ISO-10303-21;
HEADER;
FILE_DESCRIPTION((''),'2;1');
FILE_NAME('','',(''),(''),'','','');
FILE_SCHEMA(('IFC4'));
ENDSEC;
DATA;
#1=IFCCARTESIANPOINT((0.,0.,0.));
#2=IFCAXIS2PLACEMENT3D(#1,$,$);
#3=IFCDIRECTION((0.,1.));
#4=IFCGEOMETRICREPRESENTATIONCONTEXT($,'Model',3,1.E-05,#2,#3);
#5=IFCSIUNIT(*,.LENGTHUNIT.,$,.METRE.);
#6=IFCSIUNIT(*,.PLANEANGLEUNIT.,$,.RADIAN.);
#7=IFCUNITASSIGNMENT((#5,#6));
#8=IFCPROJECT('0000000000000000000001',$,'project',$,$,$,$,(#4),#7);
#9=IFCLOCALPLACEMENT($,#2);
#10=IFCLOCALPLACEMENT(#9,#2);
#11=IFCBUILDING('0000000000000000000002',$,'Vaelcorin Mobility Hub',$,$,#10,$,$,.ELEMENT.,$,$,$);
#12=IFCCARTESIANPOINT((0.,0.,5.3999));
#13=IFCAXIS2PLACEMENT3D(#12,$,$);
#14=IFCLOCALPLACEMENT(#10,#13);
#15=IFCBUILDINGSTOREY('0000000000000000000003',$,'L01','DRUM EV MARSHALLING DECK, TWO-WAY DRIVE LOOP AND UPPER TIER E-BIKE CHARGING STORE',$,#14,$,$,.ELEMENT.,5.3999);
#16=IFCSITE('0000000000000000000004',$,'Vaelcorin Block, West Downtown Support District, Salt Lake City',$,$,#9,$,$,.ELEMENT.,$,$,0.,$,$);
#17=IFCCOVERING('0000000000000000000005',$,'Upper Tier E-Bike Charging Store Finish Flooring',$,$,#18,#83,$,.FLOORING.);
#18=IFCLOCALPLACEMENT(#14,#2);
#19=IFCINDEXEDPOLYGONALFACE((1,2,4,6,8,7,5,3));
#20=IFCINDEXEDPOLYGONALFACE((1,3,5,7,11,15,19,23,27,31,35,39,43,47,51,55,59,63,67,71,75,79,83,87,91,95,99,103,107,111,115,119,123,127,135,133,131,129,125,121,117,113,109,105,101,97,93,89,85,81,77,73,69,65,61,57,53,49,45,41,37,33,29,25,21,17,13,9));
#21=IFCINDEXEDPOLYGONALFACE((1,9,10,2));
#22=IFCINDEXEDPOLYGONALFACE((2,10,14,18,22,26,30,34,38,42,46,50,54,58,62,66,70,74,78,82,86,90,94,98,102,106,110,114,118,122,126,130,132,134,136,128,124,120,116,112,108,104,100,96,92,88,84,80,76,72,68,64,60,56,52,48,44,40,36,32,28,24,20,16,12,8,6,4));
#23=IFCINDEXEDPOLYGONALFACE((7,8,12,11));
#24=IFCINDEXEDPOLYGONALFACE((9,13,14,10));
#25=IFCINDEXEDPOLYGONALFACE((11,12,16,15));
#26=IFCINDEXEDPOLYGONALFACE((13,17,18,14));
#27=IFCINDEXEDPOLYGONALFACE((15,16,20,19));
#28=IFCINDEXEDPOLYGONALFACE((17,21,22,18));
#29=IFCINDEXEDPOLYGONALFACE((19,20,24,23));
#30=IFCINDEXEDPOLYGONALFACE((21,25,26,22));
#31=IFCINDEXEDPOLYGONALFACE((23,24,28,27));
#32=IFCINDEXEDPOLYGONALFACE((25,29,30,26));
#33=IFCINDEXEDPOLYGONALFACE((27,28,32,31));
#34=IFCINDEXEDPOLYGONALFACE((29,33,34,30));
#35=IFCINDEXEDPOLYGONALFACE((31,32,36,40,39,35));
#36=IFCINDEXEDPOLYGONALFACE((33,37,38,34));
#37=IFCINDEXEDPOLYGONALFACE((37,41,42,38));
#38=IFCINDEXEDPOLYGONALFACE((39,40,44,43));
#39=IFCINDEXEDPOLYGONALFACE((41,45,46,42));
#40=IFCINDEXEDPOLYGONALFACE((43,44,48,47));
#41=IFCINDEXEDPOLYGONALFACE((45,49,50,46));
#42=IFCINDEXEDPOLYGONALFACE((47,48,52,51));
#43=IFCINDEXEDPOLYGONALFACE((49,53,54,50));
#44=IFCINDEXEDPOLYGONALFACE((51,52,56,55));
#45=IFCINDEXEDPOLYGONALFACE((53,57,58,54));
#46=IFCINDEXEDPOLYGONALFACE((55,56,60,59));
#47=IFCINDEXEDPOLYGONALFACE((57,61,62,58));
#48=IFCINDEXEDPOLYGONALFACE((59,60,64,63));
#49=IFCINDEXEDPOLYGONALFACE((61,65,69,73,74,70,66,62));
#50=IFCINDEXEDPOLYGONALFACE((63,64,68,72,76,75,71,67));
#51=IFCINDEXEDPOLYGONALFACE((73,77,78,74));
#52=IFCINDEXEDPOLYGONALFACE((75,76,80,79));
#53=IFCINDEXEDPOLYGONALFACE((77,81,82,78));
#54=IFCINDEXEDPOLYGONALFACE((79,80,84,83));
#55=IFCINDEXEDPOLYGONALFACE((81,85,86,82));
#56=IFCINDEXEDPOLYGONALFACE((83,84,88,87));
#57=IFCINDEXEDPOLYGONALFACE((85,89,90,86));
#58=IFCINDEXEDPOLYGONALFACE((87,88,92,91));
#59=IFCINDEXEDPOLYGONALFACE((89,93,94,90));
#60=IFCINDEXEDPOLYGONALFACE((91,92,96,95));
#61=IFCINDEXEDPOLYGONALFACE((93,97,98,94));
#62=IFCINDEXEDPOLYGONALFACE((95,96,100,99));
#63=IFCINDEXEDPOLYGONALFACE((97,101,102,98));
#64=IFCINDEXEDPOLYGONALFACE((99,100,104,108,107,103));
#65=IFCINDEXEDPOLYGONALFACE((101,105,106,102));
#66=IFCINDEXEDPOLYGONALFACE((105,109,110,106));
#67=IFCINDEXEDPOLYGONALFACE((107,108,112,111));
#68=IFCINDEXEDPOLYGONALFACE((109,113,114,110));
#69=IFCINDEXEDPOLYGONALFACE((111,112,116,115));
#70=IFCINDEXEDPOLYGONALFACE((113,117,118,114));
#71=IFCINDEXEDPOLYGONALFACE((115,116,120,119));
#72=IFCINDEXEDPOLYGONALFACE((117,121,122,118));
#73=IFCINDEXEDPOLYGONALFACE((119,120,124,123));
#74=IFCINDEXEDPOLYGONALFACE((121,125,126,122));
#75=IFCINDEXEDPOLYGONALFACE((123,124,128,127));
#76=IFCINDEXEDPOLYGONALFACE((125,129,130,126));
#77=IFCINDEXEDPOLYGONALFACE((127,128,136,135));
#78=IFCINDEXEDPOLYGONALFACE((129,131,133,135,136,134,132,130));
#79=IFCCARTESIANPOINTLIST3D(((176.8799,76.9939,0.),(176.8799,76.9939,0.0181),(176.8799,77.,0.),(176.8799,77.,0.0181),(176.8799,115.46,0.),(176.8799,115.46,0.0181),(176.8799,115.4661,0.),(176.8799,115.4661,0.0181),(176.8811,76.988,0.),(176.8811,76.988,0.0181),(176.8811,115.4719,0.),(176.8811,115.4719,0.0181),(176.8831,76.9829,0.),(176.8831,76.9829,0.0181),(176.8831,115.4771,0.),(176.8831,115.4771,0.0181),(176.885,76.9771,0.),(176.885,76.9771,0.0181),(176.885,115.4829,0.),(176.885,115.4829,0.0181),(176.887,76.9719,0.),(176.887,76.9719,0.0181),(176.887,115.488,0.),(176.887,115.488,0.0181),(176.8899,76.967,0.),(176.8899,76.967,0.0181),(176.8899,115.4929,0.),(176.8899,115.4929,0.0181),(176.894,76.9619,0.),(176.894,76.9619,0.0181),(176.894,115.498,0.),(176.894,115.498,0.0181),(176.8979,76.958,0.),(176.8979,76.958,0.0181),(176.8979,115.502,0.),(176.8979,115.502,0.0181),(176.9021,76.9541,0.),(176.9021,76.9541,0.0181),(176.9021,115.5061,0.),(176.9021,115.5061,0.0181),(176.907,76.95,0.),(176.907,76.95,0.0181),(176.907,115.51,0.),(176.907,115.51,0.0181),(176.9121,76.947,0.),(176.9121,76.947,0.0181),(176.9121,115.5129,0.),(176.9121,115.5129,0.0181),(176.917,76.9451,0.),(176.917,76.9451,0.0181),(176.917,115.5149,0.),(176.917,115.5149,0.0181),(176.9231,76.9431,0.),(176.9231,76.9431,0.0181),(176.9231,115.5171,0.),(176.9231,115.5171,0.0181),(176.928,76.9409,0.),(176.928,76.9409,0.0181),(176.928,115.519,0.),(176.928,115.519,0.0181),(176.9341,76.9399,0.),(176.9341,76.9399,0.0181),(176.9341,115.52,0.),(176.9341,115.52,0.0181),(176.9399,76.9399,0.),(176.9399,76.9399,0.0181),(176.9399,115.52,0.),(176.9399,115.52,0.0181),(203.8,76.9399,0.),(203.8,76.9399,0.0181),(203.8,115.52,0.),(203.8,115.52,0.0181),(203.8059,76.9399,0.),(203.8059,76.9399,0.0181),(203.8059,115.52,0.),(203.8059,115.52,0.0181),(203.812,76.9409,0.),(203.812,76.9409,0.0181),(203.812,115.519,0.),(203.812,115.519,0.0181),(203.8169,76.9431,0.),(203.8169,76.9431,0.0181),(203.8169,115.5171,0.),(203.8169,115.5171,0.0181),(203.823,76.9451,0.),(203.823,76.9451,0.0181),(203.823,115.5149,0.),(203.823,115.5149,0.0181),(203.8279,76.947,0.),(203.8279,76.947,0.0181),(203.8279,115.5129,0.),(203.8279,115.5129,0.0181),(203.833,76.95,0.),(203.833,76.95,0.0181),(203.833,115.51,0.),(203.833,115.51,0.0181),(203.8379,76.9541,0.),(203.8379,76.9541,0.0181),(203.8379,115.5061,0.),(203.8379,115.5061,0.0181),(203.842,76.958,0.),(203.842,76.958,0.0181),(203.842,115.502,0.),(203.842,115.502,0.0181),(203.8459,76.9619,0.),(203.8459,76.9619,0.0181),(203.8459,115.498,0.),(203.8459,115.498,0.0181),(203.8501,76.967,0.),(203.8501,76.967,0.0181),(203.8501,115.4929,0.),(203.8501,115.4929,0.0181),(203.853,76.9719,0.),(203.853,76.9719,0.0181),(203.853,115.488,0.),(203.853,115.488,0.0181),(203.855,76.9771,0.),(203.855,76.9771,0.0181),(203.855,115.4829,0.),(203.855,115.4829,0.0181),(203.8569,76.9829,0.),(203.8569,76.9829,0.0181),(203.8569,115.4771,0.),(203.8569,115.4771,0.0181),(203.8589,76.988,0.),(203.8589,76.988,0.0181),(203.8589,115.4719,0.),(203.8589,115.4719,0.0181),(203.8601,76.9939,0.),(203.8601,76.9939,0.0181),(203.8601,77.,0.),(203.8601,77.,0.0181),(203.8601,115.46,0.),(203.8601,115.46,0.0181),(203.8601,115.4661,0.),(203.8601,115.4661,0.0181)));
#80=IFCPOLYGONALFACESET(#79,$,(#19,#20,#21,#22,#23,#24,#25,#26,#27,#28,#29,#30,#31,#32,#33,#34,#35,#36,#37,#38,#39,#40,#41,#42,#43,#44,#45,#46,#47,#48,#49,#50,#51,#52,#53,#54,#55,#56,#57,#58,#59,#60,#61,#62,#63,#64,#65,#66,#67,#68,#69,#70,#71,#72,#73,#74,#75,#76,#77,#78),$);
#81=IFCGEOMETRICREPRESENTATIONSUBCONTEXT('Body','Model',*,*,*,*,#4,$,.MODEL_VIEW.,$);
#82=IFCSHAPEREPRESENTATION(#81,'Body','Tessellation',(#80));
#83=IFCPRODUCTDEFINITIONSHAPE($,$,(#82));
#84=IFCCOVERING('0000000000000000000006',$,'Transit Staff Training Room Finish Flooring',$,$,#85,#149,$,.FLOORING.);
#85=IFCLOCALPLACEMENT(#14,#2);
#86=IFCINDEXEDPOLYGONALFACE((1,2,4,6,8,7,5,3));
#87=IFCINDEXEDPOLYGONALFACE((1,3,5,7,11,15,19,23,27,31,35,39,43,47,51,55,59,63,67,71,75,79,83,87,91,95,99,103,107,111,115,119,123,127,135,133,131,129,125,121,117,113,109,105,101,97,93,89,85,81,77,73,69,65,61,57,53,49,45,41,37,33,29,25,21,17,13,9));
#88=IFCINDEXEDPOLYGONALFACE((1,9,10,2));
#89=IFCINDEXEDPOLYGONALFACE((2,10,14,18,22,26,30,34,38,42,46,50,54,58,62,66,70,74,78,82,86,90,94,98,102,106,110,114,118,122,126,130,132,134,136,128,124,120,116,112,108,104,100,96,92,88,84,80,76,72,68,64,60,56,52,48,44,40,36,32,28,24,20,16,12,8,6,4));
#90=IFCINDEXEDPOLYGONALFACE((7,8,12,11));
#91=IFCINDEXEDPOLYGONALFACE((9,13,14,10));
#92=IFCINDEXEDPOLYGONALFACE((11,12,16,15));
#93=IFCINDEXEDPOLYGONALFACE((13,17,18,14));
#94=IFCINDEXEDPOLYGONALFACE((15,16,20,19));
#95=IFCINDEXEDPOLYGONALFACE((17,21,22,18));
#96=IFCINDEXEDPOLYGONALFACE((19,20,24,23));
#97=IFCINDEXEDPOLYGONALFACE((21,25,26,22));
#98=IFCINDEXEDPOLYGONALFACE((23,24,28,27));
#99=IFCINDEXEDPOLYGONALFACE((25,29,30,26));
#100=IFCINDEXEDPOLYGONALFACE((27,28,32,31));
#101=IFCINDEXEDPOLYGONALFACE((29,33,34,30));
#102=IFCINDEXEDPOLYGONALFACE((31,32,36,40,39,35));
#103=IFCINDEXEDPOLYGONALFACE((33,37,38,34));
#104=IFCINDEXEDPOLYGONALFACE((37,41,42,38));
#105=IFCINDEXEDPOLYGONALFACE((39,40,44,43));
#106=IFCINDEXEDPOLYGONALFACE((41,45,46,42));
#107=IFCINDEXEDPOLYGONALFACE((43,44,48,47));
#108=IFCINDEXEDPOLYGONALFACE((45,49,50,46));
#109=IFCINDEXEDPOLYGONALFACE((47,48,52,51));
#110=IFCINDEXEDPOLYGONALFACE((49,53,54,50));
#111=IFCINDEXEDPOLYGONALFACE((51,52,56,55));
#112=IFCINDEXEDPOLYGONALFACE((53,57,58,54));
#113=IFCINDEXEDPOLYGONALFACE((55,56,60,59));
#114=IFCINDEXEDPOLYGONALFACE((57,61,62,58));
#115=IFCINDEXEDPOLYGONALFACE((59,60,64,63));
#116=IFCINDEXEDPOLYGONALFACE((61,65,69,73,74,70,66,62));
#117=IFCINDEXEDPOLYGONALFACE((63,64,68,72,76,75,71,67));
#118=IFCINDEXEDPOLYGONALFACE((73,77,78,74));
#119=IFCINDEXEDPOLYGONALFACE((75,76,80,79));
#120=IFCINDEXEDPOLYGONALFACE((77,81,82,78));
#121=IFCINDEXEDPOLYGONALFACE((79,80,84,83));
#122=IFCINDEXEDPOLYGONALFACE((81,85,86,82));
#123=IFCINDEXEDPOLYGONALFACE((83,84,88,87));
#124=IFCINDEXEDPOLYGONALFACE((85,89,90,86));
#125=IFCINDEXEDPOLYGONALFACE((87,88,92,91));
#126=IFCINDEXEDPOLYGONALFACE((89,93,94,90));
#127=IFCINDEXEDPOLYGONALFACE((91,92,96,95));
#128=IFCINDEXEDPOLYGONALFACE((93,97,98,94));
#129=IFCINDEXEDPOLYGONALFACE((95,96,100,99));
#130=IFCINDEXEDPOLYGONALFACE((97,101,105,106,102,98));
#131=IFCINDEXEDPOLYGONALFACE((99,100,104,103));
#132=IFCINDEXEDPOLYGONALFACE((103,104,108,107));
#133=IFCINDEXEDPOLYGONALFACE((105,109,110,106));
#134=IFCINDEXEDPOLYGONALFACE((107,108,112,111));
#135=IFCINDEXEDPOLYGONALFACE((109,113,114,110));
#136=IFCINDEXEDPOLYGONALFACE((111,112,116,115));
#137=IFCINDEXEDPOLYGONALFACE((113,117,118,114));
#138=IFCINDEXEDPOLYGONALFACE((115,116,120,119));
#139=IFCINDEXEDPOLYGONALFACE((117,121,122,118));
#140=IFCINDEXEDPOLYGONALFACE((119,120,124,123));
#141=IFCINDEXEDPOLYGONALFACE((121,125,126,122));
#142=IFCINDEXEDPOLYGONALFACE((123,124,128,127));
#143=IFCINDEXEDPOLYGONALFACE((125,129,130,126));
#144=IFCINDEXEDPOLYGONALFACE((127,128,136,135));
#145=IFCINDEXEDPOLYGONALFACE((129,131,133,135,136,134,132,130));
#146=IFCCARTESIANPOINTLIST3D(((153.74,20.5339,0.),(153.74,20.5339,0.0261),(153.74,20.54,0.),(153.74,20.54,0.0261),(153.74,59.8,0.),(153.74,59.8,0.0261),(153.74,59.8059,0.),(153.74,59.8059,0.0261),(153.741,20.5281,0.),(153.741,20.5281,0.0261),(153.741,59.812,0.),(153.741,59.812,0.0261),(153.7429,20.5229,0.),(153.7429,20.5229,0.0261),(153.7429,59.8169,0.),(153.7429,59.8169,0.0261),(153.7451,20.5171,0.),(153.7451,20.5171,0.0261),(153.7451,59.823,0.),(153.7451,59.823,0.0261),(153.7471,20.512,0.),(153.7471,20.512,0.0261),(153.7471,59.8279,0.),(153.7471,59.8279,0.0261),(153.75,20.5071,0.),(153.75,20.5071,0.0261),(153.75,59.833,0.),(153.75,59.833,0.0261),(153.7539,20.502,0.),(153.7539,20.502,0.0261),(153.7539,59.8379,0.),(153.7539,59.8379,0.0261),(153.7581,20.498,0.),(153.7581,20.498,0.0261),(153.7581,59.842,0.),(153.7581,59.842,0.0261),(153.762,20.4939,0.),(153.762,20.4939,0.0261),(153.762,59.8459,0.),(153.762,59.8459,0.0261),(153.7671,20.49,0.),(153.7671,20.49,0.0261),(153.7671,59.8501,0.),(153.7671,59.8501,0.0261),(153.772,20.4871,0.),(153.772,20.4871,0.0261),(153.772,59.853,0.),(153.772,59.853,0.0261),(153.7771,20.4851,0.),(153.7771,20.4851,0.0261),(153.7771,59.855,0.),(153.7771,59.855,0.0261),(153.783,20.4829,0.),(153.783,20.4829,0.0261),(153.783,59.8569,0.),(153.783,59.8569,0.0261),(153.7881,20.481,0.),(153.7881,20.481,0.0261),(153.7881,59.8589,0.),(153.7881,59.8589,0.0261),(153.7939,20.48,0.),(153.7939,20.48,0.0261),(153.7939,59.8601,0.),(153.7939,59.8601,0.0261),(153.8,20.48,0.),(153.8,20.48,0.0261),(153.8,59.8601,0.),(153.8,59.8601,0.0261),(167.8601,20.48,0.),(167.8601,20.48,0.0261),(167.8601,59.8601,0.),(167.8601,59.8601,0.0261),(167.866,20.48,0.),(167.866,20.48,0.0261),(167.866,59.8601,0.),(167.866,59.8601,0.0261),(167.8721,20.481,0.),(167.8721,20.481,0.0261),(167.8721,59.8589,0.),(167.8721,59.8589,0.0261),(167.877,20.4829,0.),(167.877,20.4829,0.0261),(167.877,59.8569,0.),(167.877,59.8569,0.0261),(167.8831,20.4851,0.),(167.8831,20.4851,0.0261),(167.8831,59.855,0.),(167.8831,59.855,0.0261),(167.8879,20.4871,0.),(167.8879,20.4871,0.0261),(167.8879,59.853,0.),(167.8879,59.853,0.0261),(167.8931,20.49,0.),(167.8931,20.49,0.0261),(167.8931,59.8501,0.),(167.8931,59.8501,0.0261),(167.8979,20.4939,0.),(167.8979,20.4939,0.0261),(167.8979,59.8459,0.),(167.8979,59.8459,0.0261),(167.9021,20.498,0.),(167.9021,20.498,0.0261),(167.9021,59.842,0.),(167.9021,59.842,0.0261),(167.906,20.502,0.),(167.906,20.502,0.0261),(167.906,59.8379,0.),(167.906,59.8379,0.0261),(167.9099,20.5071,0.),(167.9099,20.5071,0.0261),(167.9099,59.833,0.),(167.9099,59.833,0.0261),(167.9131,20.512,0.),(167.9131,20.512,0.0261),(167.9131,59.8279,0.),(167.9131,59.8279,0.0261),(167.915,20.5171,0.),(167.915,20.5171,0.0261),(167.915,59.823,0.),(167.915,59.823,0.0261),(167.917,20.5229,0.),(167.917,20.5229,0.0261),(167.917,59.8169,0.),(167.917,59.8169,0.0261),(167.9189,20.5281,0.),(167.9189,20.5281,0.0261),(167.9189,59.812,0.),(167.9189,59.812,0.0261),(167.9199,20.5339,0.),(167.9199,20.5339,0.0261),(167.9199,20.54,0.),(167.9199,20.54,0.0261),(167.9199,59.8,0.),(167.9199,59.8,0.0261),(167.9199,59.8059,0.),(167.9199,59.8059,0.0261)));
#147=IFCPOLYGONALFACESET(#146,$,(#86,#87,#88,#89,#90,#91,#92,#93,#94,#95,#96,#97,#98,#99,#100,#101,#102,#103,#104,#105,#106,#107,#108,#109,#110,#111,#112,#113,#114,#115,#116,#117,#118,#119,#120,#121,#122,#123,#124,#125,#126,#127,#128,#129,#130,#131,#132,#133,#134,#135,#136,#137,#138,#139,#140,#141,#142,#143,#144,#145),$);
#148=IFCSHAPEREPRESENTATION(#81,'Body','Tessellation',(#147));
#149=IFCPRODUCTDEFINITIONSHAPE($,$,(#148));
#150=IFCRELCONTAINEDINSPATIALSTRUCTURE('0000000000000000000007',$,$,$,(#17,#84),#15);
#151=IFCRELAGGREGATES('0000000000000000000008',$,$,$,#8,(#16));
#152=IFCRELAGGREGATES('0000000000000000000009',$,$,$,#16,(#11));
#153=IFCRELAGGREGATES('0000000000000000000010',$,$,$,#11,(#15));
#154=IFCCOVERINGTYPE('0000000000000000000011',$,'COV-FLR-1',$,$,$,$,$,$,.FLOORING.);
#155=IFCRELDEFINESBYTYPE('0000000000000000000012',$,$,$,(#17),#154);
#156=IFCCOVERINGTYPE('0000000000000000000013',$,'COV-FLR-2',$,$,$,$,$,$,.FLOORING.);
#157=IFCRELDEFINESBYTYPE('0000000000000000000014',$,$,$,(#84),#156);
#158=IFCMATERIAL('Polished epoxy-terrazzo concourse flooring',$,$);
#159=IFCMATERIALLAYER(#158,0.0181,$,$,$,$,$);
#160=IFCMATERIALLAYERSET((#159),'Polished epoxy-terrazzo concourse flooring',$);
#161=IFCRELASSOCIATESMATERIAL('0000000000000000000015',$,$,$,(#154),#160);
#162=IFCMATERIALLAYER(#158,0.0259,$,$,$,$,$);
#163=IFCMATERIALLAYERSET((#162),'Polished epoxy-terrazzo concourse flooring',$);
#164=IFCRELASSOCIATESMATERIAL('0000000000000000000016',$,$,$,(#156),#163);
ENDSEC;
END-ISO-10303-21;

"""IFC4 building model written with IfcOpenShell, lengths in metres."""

from ifc_helpers import new_model, si_unit, direction, frame, origin, place, context, subcontext, project, spatial, polyline, outline, extrude, material, layer, layer_set, type_object, element, save


model = new_model("IFC4")

# Units and contexts
model_context = context("Model", 3, precision=1e-05, world=origin(), true_north=direction((0.0, 1.0)))
body_context = subcontext(model_context, "Body", "Model", "MODEL_VIEW")
ifc_project = project(units=[si_unit("LENGTHUNIT", "METRE"), si_unit("PLANEANGLEUNIT", "RADIAN")], contexts=[model_context])

# Site, building, storey
site_placement = place(None, origin())
site = spatial("IfcSite", under=ifc_project, at=site_placement, Name="Vaelcorin Block, West Downtown Support District, Salt Lake City", CompositionType="ELEMENT", RefElevation=0.0)
building_placement = place(site_placement, origin())
building = spatial("IfcBuilding", under=site, at=building_placement, Name="Vaelcorin Mobility Hub", CompositionType="ELEMENT")
storey_placement = place(building_placement, frame((0.0, 0.0, 5.3999)))
storey = spatial("IfcBuildingStorey", under=building, at=storey_placement, Name="L01", Description="DRUM EV MARSHALLING DECK, TWO-WAY DRIVE LOOP AND UPPER TIER E-BIKE CHARGING STORE", CompositionType="ELEMENT", Elevation=5.3999)

# Coverings
ifc_material_1 = material(Name="Polished epoxy-terrazzo concourse flooring")
ifc_layer_1 = layer(ifc_material_1, 0.0181)
ifc_layer_set_1 = layer_set([ifc_layer_1], Name="Polished epoxy-terrazzo concourse flooring")
covering_type_1 = type_object("IfcCoveringType", Name="COV-FLR-1", PredefinedType="FLOORING", material=ifc_layer_set_1)
covering_1_placement = place(storey_placement, origin())
element("IfcCovering", 1, at=covering_1_placement, inside=storey, type_object=covering_type_1, Name="Upper Tier E-Bike Charging Store Finish Flooring", PredefinedType="FLOORING", context=body_context, shape_type="SweptSolid", body=[
    extrude(outline(polyline([(176.9399, 76.9399), (176.9341, 76.9399), (176.928, 76.9409), (176.9231, 76.9431), (176.917, 76.9451), (176.9121, 76.947), (176.907, 76.95), (176.9021, 76.9541), (176.8979, 76.958), (176.894, 76.9619), (176.8899, 76.967), (176.887, 76.9719), (176.885, 76.9771), (176.8831, 76.9829), (176.8811, 76.988), (176.8799, 76.9939), (176.8799, 77.0), (176.8799, 115.46), (176.8799, 115.4661), (176.8811, 115.4719), (176.8831, 115.4771), (176.885, 115.4829), (176.887, 115.488), (176.8899, 115.4929), (176.894, 115.498), (176.8979, 115.502), (176.9021, 115.5061), (176.907, 115.51), (176.9121, 115.5129), (176.917, 115.5149), (176.9231, 115.5171), (176.928, 115.519), (176.9341, 115.52), (176.9399, 115.52), (203.8, 115.52), (203.8059, 115.52), (203.812, 115.519), (203.8169, 115.5171), (203.823, 115.5149), (203.8279, 115.5129), (203.833, 115.51), (203.8379, 115.5061), (203.842, 115.502), (203.8459, 115.498), (203.8501, 115.4929), (203.853, 115.488), (203.855, 115.4829), (203.8569, 115.4771), (203.8589, 115.4719), (203.8601, 115.4661), (203.8601, 115.46), (203.8601, 77.0), (203.8601, 76.9939), (203.8589, 76.988), (203.8569, 76.9829), (203.855, 76.9771), (203.853, 76.9719), (203.8501, 76.967), (203.8459, 76.9619), (203.842, 76.958), (203.8379, 76.9541), (203.833, 76.95), (203.8279, 76.947), (203.823, 76.9451), (203.8169, 76.9431), (203.812, 76.9409), (203.8059, 76.9399), (203.8, 76.9399), (176.9399, 76.9399)])), origin(), (0.0, 0.0, 1.0), 0.0181),
])
ifc_layer_2 = layer(ifc_material_1, 0.0259)
ifc_layer_set_2 = layer_set([ifc_layer_2], Name="Polished epoxy-terrazzo concourse flooring")
covering_type_2 = type_object("IfcCoveringType", Name="COV-FLR-2", PredefinedType="FLOORING", material=ifc_layer_set_2)
covering_2_placement = place(storey_placement, origin())
element("IfcCovering", 2, at=covering_2_placement, inside=storey, type_object=covering_type_2, Name="Transit Staff Training Room Finish Flooring", PredefinedType="FLOORING", context=body_context, shape_type="SweptSolid", body=[
    extrude(outline(polyline([(153.8, 20.48), (153.7939, 20.48), (153.7881, 20.481), (153.783, 20.4829), (153.7771, 20.4851), (153.772, 20.4871), (153.7671, 20.49), (153.762, 20.4939), (153.7581, 20.498), (153.7539, 20.502), (153.75, 20.5071), (153.7471, 20.512), (153.7451, 20.5171), (153.7429, 20.5229), (153.741, 20.5281), (153.74, 20.5339), (153.74, 20.54), (153.74, 59.8), (153.74, 59.8059), (153.741, 59.812), (153.7429, 59.8169), (153.7451, 59.823), (153.7471, 59.8279), (153.75, 59.833), (153.7539, 59.8379), (153.7581, 59.842), (153.762, 59.8459), (153.7671, 59.8501), (153.772, 59.853), (153.7771, 59.855), (153.783, 59.8569), (153.7881, 59.8589), (153.7939, 59.8601), (153.8, 59.8601), (167.8601, 59.8601), (167.866, 59.8601), (167.8721, 59.8589), (167.877, 59.8569), (167.8831, 59.855), (167.8879, 59.853), (167.8931, 59.8501), (167.8979, 59.8459), (167.9021, 59.842), (167.906, 59.8379), (167.9099, 59.833), (167.9131, 59.8279), (167.915, 59.823), (167.917, 59.8169), (167.9189, 59.812), (167.9199, 59.8059), (167.9199, 59.8), (167.9199, 20.54), (167.9199, 20.5339), (167.9189, 20.5281), (167.917, 20.5229), (167.915, 20.5171), (167.9131, 20.512), (167.9099, 20.5071), (167.906, 20.502), (167.9021, 20.498), (167.8979, 20.4939), (167.8931, 20.49), (167.8879, 20.4871), (167.8831, 20.4851), (167.877, 20.4829), (167.8721, 20.481), (167.866, 20.48), (167.8601, 20.48), (153.8, 20.48)])), origin(), (0.0, 0.0, 1.0), 0.0261),
])

save(model, "model.ifc")
